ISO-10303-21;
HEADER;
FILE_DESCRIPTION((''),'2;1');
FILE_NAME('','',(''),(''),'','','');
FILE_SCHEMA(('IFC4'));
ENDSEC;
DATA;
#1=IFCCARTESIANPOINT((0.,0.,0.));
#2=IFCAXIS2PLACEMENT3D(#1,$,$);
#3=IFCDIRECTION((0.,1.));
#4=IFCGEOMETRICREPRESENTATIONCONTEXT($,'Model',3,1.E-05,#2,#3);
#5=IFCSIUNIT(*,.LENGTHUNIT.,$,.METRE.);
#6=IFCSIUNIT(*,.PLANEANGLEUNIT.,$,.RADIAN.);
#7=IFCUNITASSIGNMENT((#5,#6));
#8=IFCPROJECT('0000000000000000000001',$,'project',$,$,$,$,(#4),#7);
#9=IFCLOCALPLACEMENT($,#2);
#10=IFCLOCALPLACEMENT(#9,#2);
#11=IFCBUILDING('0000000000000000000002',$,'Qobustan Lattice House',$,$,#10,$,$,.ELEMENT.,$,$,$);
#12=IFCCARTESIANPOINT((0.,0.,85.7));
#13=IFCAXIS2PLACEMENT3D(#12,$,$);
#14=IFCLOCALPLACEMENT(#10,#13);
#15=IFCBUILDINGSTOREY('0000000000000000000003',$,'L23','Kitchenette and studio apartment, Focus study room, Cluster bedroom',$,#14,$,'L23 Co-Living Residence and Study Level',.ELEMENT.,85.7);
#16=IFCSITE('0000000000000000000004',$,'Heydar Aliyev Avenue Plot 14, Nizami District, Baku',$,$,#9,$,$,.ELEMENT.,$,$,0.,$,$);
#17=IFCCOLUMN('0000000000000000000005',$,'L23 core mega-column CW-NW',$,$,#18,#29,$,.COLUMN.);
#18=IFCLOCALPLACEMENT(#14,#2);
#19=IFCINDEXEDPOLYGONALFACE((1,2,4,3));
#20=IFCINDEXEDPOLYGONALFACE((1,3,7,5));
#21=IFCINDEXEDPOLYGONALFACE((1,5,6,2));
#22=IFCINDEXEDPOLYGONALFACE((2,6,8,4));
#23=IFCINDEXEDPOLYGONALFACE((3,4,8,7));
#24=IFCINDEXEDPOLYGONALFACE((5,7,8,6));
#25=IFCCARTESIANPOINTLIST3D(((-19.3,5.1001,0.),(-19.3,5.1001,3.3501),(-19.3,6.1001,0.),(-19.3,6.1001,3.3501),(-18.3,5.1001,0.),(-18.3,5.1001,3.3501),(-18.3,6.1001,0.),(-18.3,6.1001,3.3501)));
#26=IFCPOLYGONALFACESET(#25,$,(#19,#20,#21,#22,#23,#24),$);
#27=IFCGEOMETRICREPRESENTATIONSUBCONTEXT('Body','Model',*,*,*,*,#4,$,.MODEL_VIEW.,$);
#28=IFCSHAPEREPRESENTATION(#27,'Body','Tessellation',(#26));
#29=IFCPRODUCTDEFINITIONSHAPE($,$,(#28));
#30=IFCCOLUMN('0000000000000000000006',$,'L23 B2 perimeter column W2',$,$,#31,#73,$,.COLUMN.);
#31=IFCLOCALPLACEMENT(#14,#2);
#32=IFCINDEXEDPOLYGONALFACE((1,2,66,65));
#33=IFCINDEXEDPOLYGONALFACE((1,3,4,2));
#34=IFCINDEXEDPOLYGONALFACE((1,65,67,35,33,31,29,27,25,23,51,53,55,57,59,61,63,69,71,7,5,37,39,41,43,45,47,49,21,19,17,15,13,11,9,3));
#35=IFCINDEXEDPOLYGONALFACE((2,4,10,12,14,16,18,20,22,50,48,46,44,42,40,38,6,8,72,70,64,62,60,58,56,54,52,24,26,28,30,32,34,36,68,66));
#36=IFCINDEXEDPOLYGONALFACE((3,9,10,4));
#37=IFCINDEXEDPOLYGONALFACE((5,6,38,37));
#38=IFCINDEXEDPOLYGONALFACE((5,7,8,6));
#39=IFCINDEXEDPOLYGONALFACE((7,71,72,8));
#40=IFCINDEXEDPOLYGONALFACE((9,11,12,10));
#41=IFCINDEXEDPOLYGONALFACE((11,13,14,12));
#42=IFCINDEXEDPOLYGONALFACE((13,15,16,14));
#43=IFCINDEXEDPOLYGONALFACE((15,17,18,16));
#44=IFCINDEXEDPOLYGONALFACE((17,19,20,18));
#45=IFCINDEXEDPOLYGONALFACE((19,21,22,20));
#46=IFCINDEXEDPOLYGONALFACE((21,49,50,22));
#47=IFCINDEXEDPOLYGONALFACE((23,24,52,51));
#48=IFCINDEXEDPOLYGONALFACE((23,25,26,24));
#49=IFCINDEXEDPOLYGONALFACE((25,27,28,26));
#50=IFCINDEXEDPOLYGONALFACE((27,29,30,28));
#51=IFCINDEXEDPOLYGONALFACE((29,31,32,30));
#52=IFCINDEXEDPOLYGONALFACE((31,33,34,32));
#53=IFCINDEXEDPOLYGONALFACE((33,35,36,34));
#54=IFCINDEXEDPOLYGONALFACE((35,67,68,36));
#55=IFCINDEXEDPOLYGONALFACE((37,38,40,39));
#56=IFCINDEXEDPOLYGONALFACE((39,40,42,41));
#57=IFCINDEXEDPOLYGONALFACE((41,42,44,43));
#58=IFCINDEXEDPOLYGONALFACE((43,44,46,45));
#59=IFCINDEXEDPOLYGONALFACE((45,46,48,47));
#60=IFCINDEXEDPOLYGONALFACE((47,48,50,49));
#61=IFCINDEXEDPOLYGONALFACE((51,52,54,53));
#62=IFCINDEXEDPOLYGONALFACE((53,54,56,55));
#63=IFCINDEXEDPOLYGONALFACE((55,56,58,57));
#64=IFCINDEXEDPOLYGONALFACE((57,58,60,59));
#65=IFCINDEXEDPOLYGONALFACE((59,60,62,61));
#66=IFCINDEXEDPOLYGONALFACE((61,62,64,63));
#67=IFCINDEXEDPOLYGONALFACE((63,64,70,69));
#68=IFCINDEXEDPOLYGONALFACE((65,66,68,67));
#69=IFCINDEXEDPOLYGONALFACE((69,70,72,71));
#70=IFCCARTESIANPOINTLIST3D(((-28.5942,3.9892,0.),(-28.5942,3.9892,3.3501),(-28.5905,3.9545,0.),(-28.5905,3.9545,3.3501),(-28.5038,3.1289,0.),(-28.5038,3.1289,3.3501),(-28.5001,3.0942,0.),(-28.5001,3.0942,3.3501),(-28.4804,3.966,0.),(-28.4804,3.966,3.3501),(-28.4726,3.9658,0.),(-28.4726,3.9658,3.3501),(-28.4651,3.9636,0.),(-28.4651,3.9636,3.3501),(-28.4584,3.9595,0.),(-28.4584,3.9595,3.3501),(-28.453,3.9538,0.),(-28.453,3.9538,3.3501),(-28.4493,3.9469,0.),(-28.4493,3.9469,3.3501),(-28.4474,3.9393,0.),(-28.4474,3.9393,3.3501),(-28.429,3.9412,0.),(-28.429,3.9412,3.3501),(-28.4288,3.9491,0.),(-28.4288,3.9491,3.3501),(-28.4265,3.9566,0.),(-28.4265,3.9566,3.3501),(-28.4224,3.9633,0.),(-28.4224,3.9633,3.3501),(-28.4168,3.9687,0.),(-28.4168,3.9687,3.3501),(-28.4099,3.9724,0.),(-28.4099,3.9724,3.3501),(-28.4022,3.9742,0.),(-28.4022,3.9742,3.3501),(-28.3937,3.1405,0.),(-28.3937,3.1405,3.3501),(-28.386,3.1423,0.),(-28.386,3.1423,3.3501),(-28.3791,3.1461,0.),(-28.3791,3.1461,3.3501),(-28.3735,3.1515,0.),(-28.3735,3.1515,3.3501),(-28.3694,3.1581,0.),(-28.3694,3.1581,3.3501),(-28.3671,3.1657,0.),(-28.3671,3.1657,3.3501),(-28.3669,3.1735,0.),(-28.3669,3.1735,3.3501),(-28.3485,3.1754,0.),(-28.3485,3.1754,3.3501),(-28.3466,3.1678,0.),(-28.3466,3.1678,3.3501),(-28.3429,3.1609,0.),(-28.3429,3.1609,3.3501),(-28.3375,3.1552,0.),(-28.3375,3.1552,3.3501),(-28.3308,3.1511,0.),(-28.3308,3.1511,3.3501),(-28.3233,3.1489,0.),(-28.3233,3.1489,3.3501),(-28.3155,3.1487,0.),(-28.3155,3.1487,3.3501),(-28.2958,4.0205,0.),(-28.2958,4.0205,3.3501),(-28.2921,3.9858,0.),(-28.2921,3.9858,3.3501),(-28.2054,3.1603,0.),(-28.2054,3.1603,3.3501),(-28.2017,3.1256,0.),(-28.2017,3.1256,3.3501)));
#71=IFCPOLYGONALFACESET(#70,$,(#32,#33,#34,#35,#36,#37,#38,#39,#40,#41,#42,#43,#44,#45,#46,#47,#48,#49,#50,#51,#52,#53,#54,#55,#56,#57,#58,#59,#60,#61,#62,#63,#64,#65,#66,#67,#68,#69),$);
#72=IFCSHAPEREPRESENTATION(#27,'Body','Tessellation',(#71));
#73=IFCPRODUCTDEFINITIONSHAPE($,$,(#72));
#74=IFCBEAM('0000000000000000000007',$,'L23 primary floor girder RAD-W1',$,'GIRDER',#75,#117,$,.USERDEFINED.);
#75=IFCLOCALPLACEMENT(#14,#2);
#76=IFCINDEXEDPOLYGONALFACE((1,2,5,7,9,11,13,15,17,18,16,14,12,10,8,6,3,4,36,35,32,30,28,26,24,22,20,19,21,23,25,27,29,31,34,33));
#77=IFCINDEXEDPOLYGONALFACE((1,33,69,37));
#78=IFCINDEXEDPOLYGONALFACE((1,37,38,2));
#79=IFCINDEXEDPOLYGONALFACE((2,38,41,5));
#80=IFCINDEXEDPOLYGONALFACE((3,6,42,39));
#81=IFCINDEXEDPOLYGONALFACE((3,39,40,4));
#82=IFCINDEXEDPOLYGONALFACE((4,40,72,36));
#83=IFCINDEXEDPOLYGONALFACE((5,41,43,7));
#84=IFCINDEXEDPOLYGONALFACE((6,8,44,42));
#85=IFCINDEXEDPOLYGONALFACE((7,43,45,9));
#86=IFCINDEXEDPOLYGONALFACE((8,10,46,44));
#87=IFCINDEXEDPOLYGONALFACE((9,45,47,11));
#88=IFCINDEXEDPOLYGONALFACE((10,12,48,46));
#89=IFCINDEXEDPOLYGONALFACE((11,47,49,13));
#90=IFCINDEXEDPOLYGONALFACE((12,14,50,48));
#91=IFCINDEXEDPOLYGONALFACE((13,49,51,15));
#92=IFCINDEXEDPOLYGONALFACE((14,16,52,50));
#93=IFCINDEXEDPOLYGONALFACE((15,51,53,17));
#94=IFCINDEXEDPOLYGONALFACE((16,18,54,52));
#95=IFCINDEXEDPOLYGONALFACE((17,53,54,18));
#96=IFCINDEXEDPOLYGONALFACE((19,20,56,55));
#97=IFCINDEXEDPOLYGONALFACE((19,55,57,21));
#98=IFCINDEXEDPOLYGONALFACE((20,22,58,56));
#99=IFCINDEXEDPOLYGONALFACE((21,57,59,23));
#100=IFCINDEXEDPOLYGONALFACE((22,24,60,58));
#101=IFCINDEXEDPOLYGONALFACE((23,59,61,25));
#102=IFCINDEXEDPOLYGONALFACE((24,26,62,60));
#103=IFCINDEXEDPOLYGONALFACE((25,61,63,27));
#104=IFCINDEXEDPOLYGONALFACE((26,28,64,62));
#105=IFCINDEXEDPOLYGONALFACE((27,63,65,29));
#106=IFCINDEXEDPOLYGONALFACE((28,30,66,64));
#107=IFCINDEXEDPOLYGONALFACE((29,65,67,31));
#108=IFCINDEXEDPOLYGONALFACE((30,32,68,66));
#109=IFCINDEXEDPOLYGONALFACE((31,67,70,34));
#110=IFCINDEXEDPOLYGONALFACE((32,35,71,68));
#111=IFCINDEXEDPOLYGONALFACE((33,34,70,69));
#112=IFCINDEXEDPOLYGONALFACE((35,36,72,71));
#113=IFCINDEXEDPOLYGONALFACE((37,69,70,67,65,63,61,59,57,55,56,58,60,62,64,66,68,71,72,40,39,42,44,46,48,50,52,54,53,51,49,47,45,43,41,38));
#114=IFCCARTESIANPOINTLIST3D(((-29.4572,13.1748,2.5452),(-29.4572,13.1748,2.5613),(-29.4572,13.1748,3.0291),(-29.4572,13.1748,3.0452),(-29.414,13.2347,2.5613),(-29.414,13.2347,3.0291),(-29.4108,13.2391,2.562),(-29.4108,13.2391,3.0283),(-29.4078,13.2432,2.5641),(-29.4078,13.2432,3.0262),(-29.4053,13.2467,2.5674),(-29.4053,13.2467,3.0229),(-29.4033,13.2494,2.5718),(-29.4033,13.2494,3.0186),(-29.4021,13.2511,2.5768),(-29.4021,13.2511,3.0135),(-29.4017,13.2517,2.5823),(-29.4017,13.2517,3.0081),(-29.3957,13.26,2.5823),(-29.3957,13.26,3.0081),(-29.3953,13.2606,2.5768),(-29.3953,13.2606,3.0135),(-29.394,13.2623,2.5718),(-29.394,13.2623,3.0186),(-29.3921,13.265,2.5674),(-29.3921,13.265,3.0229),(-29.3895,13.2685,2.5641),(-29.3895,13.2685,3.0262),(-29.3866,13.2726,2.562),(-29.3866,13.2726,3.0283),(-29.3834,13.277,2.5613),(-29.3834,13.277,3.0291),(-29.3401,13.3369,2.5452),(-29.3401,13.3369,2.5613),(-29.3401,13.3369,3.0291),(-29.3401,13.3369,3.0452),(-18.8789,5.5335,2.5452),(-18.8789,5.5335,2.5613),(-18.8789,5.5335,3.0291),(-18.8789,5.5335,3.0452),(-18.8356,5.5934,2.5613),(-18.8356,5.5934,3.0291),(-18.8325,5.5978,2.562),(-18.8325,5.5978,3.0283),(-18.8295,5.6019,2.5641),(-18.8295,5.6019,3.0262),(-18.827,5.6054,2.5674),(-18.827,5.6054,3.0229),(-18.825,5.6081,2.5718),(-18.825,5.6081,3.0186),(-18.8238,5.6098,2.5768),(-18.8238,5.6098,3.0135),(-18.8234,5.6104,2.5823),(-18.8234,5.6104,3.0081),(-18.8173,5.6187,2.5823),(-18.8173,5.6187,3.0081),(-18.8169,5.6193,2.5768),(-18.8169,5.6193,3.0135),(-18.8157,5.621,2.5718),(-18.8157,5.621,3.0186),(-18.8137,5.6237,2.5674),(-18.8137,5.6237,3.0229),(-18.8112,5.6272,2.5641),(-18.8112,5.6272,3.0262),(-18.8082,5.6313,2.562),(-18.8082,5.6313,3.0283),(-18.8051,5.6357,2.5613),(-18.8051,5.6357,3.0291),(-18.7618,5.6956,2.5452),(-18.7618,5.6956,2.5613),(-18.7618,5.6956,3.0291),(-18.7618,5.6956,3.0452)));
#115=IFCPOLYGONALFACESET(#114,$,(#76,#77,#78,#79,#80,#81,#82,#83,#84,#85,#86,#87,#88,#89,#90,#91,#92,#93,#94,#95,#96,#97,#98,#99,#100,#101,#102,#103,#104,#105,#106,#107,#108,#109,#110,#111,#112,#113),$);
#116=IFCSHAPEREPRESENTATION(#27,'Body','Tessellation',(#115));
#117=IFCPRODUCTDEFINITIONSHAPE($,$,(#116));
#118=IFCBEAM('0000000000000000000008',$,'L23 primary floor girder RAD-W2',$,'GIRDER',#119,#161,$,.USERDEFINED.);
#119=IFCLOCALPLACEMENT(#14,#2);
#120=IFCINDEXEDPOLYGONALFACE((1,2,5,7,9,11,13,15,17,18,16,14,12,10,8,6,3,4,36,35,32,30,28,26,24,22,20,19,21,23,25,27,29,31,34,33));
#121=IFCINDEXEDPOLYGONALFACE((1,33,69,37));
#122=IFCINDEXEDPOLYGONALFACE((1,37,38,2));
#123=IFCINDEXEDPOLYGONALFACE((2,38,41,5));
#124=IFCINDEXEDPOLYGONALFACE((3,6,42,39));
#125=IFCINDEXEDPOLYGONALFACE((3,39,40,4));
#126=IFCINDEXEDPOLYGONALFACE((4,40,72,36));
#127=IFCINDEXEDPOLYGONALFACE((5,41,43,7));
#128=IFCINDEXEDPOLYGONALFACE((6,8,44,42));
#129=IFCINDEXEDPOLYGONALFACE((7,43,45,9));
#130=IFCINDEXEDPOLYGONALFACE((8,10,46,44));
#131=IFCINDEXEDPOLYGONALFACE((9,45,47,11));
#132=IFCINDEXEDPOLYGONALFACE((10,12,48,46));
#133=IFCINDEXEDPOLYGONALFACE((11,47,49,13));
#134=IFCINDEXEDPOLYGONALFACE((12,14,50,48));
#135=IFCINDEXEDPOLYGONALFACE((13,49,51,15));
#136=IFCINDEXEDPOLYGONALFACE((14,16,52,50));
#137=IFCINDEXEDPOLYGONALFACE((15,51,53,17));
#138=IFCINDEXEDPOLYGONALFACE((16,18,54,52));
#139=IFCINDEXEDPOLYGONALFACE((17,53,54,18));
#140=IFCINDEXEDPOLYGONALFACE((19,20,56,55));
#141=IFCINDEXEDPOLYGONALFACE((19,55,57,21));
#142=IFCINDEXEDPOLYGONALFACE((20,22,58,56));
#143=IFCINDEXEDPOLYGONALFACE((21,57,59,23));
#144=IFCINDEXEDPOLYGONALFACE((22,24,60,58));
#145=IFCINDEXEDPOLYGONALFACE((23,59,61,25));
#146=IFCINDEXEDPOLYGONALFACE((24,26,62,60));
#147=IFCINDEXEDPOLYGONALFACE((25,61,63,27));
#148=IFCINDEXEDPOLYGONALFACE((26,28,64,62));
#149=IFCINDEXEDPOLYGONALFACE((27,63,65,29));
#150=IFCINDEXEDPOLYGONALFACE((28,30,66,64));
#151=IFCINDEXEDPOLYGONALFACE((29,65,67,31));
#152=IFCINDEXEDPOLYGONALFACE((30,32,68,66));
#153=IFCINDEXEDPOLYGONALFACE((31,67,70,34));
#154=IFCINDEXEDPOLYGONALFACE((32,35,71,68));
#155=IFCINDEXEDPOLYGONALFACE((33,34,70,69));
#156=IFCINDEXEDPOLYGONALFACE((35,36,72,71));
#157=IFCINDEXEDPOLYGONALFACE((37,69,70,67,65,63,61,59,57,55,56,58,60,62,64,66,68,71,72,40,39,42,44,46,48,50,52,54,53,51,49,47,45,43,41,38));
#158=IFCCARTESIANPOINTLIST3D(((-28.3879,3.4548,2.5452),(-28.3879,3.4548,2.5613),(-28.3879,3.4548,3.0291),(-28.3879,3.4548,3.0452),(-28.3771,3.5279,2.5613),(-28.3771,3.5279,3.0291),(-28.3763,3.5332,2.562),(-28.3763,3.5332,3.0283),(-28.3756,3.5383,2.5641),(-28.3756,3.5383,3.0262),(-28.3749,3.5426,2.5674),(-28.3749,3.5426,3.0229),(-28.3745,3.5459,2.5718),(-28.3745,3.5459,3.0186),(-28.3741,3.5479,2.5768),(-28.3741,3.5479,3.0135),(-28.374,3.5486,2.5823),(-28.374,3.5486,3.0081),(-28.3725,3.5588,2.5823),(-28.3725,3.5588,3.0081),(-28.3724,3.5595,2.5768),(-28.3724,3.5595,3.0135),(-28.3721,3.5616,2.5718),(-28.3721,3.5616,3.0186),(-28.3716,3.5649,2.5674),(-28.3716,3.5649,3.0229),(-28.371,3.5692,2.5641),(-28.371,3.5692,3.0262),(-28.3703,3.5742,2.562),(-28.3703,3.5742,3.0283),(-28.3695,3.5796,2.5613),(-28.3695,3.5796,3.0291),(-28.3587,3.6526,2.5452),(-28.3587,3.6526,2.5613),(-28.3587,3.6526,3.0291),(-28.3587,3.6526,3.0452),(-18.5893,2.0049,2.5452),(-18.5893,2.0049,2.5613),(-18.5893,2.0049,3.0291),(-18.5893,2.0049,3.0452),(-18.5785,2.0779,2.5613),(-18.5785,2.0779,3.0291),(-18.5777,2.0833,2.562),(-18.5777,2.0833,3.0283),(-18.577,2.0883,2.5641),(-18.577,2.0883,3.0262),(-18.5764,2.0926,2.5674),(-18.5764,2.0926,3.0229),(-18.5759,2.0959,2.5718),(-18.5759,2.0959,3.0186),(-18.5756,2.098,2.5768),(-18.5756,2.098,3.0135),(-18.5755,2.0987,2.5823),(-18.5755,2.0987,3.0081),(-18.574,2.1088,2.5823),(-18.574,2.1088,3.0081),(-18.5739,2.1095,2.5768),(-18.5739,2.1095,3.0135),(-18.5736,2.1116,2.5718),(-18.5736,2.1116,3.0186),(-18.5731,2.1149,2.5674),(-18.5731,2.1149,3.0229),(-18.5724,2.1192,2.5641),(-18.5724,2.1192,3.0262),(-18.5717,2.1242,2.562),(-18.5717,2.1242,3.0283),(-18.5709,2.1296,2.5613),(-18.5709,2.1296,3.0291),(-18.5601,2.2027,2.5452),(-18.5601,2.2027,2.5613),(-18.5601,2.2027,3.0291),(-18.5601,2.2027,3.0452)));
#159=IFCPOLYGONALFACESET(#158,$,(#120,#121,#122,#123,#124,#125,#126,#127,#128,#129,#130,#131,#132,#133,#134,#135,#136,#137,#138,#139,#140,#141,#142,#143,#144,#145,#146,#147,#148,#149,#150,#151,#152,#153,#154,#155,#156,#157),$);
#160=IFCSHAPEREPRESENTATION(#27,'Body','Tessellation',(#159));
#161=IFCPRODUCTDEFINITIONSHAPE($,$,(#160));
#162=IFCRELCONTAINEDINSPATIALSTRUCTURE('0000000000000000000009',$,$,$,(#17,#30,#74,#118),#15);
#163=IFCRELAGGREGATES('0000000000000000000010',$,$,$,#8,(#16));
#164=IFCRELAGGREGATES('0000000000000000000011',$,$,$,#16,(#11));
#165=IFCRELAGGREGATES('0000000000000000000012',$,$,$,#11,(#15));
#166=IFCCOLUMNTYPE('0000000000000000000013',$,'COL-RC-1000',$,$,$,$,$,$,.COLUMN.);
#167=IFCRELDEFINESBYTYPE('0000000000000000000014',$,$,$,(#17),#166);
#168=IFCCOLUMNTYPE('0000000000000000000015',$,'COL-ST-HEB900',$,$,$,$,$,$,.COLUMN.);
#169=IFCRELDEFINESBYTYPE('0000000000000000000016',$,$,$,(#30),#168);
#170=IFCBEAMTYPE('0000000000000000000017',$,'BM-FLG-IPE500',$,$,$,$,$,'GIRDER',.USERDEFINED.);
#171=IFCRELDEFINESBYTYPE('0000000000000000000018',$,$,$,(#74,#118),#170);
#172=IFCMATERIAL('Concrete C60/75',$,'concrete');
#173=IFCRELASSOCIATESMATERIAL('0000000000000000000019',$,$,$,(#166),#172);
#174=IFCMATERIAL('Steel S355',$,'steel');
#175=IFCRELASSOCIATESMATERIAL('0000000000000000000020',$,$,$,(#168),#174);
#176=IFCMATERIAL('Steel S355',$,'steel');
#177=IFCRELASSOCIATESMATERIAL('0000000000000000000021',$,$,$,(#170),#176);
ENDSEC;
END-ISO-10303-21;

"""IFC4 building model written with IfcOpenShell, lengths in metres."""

from ifc_helpers import new_model, si_unit, direction, frame, origin, origin_2d, place, context, subcontext, project, spatial, rectangle, i_section, extrude, material, material_profile, profile_set, type_object, element, save


model = new_model("IFC4")

# Units and contexts
model_context = context("Model", 3, precision=1e-05, world=origin(), true_north=direction((0.0, 1.0)))
body_context = subcontext(model_context, "Body", "Model", "MODEL_VIEW")
ifc_project = project(units=[si_unit("LENGTHUNIT", "METRE"), si_unit("PLANEANGLEUNIT", "RADIAN")], contexts=[model_context])

# Site, building, storey
site_placement = place(None, origin())
site = spatial("IfcSite", under=ifc_project, at=site_placement, Name="Heydar Aliyev Avenue Plot 14, Nizami District, Baku", CompositionType="ELEMENT", RefElevation=0.0)
building_placement = place(site_placement, origin())
building = spatial("IfcBuilding", under=site, at=building_placement, Name="Qobustan Lattice House", CompositionType="ELEMENT")
storey_placement = place(building_placement, frame((0.0, 0.0, 85.7)))
storey = spatial("IfcBuildingStorey", under=building, at=storey_placement, Name="L23", Description="Kitchenette and studio apartment, Focus study room, Cluster bedroom", LongName="L23 Co-Living Residence and Study Level", CompositionType="ELEMENT", Elevation=85.7)

# Columns
ifc_material_1 = material(Name="Concrete C60/75", Category="concrete")
ifc_material_profile_1 = material_profile(ifc_material_1, rectangle(XDim=1.0, YDim=1.0, at=origin_2d()), Name="RC1000x1000")
ifc_profile_set_1 = profile_set([ifc_material_profile_1], Name="Concrete C60/75")
column_type_1 = type_object("IfcColumnType", Name="COL-RC-1000", PredefinedType="COLUMN", material=ifc_profile_set_1)
column_1_placement = place(storey_placement, frame((-18.8, 5.6001, 0.0), z_axis=(0.0, 0.0, 1.0), x_axis=(1.0, 0.0, 0.0)))
element("IfcColumn", 1, at=column_1_placement, inside=storey, type_object=column_type_1, Name="L23 core mega-column CW-NW", PredefinedType="COLUMN", context=body_context, shape_type="SweptSolid", body=[
    extrude(rectangle(XDim=1.0, YDim=1.0, at=origin_2d()), origin(), (0.0, 0.0, 1.0), 3.3501),
])
ifc_material_2 = material(Name="Steel S355", Category="steel")
ifc_material_profile_2 = material_profile(ifc_material_2, i_section(OverallWidth=0.3, OverallDepth=0.8999, WebThickness=0.0186, FlangeThickness=0.0349, FilletRadius=0.03, at=origin_2d()), Name="HEB900")
ifc_profile_set_2 = profile_set([ifc_material_profile_2], Name="Steel S355")
column_type_2 = type_object("IfcColumnType", Name="COL-ST-HEB900", PredefinedType="COLUMN", material=ifc_profile_set_2)
column_2_placement = place(storey_placement, frame((-28.3979, 3.5574, 0.0), z_axis=(0.0, 0.0, 1.0), x_axis=(0.994522, 0.104528, 0.0)))
element("IfcColumn", 2, at=column_2_placement, inside=storey, type_object=column_type_2, Name="L23 B2 perimeter column W2", PredefinedType="COLUMN", context=body_context, shape_type="SweptSolid", body=[
    extrude(i_section(OverallWidth=0.3, OverallDepth=0.8999, WebThickness=0.0186, FlangeThickness=0.0349, FilletRadius=0.03, at=origin_2d()), origin(), (0.0, 0.0, 1.0), 3.3501),
])

# Beams
ifc_material_3 = material(Name="Steel S355", Category="steel")
ifc_material_profile_3 = material_profile(ifc_material_3, i_section(OverallWidth=0.2, OverallDepth=0.5, WebThickness=0.0103, FlangeThickness=0.0161, FilletRadius=0.021, at=origin_2d()), Name="IPE500")
ifc_profile_set_3 = profile_set([ifc_material_profile_3], Name="Steel S355")
beam_type_1 = type_object("IfcBeamType", Name="BM-FLG-IPE500", ElementType="GIRDER", PredefinedType="USERDEFINED", material=ifc_profile_set_3)
beam_1_placement = place(storey_placement, frame((-29.3987, 13.2559, 2.7952), z_axis=(0.810627, -0.585562, 0.0), x_axis=(0.585562, 0.810627, 0.0)))
element("IfcBeam", 3, at=beam_1_placement, inside=storey, type_object=beam_type_1, Name="L23 primary floor girder RAD-W1", ObjectType="GIRDER", PredefinedType="USERDEFINED", context=body_context, shape_type="SweptSolid", body=[
    extrude(i_section(OverallWidth=0.2, OverallDepth=0.5, WebThickness=0.0103, FlangeThickness=0.0161, FilletRadius=0.021, at=origin_2d()), origin(), (0.0, 0.0, 1.0), 13.0496),
])
beam_2_placement = place(storey_placement, frame((-28.3733, 3.5537, 2.7952), z_axis=(0.989228, -0.146382, 0.0), x_axis=(0.146382, 0.989228, 0.0)))
element("IfcBeam", 4, at=beam_2_placement, inside=storey, type_object=beam_type_1, Name="L23 primary floor girder RAD-W2", ObjectType="GIRDER", PredefinedType="USERDEFINED", context=body_context, shape_type="SweptSolid", body=[
    extrude(i_section(OverallWidth=0.2, OverallDepth=0.5, WebThickness=0.0103, FlangeThickness=0.0161, FilletRadius=0.021, at=origin_2d()), origin(), (0.0, 0.0, 1.0), 9.9053),
])

save(model, "model.ifc")
